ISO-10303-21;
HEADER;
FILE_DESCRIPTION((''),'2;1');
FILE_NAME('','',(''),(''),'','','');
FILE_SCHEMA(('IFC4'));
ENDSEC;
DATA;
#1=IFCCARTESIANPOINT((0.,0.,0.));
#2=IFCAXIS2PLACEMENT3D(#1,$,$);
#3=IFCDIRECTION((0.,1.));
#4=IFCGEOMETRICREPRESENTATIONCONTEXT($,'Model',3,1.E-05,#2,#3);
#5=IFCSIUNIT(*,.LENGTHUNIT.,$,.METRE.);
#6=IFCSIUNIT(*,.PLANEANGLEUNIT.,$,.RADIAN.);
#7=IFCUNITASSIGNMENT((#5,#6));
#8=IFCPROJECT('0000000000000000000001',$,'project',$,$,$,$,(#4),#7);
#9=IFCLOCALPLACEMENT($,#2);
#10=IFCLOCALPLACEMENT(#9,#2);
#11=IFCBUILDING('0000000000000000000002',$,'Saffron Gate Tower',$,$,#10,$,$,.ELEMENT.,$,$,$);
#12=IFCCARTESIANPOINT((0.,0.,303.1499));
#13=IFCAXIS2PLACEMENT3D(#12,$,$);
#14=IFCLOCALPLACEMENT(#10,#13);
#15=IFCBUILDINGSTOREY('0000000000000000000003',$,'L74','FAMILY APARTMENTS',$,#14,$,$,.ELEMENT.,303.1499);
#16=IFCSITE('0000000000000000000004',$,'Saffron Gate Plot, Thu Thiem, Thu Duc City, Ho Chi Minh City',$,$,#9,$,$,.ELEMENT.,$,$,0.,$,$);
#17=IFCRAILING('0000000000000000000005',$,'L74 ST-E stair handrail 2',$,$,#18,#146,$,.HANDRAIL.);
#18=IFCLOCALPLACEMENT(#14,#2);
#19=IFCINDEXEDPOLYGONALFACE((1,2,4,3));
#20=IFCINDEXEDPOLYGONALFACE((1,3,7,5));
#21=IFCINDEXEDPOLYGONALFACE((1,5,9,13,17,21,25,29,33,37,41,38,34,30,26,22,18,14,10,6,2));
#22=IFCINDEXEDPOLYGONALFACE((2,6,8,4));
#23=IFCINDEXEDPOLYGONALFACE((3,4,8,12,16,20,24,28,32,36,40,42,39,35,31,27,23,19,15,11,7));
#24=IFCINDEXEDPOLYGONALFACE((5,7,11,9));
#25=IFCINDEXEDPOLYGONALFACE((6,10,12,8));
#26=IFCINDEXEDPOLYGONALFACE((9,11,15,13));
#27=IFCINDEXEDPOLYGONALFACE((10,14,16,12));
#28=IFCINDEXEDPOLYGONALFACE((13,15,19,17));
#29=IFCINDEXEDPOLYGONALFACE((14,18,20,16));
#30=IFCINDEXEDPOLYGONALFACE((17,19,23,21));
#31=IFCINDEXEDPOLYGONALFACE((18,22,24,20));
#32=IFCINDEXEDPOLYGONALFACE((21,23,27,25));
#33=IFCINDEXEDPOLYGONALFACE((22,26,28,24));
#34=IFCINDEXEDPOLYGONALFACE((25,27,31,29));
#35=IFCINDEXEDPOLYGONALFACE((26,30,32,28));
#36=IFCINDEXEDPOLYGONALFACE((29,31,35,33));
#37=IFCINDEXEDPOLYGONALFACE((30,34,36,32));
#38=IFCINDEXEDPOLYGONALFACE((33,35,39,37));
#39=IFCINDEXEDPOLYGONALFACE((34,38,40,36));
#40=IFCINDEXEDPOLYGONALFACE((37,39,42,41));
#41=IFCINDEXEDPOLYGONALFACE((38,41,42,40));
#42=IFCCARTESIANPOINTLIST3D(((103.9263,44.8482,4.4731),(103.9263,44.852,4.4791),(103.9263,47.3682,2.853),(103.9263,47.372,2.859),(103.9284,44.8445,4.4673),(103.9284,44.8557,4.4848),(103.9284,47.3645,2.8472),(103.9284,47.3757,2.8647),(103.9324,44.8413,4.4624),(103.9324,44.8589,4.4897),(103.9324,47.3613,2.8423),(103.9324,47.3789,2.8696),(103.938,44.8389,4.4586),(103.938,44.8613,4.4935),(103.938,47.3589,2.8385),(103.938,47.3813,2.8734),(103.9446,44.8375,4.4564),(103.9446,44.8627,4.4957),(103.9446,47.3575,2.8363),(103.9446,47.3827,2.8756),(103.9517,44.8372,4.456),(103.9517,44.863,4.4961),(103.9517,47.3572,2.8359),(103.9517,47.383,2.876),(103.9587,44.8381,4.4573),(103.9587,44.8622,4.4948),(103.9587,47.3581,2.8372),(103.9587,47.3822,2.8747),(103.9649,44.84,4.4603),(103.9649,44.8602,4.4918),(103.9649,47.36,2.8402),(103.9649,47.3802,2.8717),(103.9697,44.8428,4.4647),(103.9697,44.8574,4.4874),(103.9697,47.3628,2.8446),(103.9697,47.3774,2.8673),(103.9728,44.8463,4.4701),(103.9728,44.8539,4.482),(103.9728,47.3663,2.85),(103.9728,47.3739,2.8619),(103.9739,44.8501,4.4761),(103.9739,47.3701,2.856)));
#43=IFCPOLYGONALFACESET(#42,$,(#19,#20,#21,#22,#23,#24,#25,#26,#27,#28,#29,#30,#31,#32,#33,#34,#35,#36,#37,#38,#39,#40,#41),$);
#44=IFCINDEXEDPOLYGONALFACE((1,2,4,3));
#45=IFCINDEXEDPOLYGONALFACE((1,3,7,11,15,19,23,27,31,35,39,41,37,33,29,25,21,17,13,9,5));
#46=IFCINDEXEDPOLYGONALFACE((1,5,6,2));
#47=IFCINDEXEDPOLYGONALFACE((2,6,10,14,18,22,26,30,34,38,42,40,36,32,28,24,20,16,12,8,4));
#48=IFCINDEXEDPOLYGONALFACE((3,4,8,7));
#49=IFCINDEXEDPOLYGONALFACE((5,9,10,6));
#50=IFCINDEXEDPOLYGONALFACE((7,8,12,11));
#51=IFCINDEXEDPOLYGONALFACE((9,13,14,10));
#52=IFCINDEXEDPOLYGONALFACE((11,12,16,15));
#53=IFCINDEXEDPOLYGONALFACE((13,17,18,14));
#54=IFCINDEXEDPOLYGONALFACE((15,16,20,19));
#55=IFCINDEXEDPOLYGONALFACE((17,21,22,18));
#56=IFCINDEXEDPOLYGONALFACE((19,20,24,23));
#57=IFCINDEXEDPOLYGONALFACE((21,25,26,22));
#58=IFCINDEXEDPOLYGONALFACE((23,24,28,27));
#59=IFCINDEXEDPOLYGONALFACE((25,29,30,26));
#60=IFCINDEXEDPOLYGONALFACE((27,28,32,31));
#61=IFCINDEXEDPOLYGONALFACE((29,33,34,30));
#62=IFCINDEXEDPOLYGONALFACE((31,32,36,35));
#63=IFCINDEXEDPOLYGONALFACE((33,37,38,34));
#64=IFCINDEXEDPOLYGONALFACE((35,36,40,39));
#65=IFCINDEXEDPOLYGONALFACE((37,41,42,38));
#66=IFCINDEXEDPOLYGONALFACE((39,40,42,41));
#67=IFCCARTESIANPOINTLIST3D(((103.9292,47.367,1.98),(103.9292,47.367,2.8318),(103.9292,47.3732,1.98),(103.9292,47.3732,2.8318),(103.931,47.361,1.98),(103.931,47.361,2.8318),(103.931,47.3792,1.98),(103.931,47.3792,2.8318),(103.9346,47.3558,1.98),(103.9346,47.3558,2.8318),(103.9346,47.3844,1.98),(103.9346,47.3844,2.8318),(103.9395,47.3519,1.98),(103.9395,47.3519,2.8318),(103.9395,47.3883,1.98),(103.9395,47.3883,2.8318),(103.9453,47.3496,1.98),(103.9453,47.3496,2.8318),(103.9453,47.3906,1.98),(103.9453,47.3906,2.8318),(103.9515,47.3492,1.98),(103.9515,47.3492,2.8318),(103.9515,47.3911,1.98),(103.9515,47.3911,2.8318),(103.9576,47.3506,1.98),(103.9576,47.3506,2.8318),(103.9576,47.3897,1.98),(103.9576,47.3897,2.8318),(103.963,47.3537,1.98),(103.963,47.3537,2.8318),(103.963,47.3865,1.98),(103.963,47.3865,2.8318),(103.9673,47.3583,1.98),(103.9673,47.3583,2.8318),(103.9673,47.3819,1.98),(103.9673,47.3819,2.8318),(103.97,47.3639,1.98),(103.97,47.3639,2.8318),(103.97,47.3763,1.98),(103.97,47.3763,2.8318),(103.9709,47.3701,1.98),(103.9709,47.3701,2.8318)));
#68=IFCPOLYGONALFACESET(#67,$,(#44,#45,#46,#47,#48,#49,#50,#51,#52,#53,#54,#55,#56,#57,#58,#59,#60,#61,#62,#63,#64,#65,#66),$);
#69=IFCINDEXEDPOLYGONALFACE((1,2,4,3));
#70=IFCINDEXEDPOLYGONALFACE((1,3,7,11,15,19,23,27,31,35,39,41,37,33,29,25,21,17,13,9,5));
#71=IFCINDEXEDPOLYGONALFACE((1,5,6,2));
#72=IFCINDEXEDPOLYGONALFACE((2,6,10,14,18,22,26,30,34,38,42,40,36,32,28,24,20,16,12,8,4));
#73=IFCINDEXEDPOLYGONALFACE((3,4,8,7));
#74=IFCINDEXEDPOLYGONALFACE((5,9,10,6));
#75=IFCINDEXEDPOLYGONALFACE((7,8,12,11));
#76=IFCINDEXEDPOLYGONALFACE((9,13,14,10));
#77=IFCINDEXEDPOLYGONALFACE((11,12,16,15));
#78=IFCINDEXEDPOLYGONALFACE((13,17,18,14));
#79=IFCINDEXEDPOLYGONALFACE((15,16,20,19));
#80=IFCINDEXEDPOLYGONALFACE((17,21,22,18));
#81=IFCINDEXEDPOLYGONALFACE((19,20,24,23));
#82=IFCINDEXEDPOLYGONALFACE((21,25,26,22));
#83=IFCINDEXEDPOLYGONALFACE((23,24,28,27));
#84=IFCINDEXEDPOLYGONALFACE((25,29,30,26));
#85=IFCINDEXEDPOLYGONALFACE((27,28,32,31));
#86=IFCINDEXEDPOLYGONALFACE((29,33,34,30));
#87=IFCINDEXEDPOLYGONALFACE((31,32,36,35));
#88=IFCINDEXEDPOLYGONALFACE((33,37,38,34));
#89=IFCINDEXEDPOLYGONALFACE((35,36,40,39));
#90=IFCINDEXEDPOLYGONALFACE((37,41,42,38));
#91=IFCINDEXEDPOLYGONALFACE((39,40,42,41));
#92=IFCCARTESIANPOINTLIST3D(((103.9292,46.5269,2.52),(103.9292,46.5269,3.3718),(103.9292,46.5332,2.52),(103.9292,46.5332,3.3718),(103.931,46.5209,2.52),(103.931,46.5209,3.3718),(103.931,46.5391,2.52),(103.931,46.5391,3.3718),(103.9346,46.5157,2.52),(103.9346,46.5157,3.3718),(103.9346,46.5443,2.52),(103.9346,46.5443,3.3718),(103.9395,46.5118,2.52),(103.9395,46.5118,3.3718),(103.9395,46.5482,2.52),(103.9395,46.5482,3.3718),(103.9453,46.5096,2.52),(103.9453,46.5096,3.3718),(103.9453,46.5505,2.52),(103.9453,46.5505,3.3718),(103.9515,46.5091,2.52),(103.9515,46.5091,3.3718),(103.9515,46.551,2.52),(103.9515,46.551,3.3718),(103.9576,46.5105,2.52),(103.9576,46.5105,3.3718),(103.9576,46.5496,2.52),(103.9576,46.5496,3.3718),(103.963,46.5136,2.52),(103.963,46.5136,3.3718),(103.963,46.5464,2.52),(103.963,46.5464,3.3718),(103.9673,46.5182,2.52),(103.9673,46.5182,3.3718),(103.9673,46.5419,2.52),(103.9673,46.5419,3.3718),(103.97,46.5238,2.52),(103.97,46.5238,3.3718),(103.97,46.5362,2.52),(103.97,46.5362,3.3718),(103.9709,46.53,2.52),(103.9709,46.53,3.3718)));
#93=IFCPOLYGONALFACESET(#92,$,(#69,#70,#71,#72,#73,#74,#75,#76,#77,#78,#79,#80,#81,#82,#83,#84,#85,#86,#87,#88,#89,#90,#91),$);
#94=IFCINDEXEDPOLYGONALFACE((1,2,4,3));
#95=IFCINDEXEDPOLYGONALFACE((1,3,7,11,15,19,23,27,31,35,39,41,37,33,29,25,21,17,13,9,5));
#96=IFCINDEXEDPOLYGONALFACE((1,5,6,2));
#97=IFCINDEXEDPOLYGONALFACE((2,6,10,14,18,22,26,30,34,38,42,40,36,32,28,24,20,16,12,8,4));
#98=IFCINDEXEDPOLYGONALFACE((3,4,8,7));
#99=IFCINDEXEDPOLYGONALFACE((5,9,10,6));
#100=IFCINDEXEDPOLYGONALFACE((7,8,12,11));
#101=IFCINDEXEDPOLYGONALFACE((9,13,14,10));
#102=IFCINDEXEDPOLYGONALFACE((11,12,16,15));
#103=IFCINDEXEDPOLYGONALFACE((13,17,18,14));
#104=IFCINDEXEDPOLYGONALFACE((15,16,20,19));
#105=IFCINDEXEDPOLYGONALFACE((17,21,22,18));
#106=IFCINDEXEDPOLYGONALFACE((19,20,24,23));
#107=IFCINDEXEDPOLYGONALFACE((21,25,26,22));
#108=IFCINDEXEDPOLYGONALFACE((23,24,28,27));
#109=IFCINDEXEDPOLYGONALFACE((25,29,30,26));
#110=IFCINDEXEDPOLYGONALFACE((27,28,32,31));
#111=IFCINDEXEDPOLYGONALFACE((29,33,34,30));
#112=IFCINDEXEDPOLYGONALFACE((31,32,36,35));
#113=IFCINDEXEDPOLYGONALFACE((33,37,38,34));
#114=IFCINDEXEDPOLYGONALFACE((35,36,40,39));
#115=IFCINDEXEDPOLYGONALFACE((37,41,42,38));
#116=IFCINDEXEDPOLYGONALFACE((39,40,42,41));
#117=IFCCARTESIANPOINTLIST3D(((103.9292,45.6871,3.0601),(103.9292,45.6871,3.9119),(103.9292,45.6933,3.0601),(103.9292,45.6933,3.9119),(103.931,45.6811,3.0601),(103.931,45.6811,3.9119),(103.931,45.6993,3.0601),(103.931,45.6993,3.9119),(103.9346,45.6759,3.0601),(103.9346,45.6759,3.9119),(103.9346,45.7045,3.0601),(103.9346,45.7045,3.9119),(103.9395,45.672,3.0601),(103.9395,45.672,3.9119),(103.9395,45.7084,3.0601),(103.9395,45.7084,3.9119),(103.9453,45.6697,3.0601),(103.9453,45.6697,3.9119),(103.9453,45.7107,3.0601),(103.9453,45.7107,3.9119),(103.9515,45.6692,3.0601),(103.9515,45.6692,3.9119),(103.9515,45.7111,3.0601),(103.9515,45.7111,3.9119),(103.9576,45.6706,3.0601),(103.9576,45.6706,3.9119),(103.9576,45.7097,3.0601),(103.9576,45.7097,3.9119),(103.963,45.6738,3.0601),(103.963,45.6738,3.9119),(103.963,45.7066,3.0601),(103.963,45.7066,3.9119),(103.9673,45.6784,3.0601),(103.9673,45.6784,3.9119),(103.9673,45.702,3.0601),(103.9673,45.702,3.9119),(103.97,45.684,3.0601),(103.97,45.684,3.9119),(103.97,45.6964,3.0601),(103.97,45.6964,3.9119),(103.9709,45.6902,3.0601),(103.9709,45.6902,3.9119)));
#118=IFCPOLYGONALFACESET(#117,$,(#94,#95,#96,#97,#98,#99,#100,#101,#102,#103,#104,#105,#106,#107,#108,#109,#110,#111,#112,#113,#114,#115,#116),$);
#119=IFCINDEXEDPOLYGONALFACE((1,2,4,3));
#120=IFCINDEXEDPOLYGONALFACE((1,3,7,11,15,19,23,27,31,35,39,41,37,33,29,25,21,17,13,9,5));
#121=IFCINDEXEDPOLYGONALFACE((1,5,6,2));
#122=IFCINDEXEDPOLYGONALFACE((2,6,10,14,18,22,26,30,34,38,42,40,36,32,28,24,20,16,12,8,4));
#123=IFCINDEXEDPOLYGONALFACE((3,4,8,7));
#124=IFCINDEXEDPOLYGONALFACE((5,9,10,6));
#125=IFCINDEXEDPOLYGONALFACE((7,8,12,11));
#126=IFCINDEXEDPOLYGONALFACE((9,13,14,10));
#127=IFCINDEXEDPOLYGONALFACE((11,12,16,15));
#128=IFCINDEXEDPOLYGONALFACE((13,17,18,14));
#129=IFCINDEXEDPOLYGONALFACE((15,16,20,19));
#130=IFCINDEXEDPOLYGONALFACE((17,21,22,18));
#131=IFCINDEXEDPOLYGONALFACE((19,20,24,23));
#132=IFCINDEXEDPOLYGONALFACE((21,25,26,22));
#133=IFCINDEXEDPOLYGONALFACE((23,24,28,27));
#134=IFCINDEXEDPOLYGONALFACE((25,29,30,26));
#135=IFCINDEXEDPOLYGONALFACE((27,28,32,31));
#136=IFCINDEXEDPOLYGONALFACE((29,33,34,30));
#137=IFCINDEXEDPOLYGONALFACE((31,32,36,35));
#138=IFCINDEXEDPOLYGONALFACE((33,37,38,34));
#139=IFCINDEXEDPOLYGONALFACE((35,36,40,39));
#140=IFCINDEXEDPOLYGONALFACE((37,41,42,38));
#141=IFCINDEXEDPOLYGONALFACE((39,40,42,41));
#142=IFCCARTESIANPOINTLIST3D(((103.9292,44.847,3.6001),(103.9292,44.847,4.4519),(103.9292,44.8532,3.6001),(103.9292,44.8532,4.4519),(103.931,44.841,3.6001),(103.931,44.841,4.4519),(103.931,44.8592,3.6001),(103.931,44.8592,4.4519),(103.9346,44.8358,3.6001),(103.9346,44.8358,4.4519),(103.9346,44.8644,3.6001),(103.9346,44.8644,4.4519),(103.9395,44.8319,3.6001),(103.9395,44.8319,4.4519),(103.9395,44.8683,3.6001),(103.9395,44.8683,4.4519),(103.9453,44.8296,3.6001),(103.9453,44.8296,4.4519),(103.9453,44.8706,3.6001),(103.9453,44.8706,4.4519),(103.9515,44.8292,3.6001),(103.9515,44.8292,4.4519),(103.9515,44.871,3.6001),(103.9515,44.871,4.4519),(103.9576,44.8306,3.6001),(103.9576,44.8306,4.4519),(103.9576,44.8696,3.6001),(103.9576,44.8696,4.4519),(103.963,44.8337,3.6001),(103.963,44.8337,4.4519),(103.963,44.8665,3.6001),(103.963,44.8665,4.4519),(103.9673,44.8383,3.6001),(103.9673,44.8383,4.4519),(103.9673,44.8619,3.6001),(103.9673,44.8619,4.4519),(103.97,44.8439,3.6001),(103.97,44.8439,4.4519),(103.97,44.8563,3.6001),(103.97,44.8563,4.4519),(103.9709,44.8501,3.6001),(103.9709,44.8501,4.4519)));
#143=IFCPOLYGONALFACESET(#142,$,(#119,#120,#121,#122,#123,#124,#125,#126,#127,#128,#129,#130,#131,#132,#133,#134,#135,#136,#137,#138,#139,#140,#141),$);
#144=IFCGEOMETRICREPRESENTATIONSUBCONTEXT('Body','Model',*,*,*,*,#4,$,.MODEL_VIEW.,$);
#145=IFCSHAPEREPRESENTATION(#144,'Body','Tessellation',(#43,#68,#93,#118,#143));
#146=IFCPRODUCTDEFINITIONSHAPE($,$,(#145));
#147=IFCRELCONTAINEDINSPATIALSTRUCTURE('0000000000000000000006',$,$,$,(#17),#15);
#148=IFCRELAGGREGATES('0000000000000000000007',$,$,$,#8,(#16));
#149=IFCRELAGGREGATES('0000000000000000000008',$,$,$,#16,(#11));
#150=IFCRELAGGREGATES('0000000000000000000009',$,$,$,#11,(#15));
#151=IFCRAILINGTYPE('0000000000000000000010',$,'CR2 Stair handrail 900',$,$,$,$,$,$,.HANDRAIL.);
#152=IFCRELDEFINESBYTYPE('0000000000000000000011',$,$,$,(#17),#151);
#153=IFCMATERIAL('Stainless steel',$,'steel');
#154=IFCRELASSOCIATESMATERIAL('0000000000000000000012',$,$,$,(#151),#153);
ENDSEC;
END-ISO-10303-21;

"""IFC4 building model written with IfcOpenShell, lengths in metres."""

from ifc_helpers import new_model, si_unit, direction, frame, origin, origin_2d, place, context, subcontext, project, spatial, circle, extrude, material, type_object, element, save


model = new_model("IFC4")

# Units and contexts
model_context = context("Model", 3, precision=1e-05, world=origin(), true_north=direction((0.0, 1.0)))
body_context = subcontext(model_context, "Body", "Model", "MODEL_VIEW")
ifc_project = project(units=[si_unit("LENGTHUNIT", "METRE"), si_unit("PLANEANGLEUNIT", "RADIAN")], contexts=[model_context])

# Site, building, storey
site_placement = place(None, origin())
site = spatial("IfcSite", under=ifc_project, at=site_placement, Name="Saffron Gate Plot, Thu Thiem, Thu Duc City, Ho Chi Minh City", CompositionType="ELEMENT", RefElevation=0.0)
building_placement = place(site_placement, origin())
building = spatial("IfcBuilding", under=site, at=building_placement, Name="Saffron Gate Tower", CompositionType="ELEMENT")
storey_placement = place(building_placement, frame((0.0, 0.0, 303.1499)))
storey = spatial("IfcBuildingStorey", under=building, at=storey_placement, Name="L74", Description="FAMILY APARTMENTS", CompositionType="ELEMENT", Elevation=303.1499)

# Railing
ifc_material_1 = material(Name="Stainless steel", Category="steel")
railing_type_1 = type_object("IfcRailingType", Name="CR2 Stair handrail 900", PredefinedType="HANDRAIL", material=ifc_material_1)
railing_1_placement = place(storey_placement, frame((103.95, 47.3701, 1.98)))
element("IfcRailing", 1, at=railing_1_placement, inside=storey, type_object=railing_type_1, Name="L74 ST-E stair handrail 2", PredefinedType="HANDRAIL", context=body_context, shape_type="SweptSolid", body=[
    extrude(circle(Radius=0.0239, at=origin_2d()), frame((0.0, 0.0, 0.876), z_axis=(0.0, -0.841163, 0.540782), x_axis=(1.0, 0.0, 0.0)), (0.0, 0.0, 1.0), 2.9958),
    extrude(circle(Radius=0.021, at=origin_2d()), origin(), (0.0, 0.0, 1.0), 0.8518),
    extrude(circle(Radius=0.021, at=origin_2d()), frame((0.0, -0.8401, 0.54)), (0.0, 0.0, 1.0), 0.8518),
    extrude(circle(Radius=0.021, at=origin_2d()), frame((0.0, -1.6799, 1.0801)), (0.0, 0.0, 1.0), 0.8518),
    extrude(circle(Radius=0.021, at=origin_2d()), frame((0.0, -2.52, 1.6201)), (0.0, 0.0, 1.0), 0.8518),
])

save(model, "model.ifc")
